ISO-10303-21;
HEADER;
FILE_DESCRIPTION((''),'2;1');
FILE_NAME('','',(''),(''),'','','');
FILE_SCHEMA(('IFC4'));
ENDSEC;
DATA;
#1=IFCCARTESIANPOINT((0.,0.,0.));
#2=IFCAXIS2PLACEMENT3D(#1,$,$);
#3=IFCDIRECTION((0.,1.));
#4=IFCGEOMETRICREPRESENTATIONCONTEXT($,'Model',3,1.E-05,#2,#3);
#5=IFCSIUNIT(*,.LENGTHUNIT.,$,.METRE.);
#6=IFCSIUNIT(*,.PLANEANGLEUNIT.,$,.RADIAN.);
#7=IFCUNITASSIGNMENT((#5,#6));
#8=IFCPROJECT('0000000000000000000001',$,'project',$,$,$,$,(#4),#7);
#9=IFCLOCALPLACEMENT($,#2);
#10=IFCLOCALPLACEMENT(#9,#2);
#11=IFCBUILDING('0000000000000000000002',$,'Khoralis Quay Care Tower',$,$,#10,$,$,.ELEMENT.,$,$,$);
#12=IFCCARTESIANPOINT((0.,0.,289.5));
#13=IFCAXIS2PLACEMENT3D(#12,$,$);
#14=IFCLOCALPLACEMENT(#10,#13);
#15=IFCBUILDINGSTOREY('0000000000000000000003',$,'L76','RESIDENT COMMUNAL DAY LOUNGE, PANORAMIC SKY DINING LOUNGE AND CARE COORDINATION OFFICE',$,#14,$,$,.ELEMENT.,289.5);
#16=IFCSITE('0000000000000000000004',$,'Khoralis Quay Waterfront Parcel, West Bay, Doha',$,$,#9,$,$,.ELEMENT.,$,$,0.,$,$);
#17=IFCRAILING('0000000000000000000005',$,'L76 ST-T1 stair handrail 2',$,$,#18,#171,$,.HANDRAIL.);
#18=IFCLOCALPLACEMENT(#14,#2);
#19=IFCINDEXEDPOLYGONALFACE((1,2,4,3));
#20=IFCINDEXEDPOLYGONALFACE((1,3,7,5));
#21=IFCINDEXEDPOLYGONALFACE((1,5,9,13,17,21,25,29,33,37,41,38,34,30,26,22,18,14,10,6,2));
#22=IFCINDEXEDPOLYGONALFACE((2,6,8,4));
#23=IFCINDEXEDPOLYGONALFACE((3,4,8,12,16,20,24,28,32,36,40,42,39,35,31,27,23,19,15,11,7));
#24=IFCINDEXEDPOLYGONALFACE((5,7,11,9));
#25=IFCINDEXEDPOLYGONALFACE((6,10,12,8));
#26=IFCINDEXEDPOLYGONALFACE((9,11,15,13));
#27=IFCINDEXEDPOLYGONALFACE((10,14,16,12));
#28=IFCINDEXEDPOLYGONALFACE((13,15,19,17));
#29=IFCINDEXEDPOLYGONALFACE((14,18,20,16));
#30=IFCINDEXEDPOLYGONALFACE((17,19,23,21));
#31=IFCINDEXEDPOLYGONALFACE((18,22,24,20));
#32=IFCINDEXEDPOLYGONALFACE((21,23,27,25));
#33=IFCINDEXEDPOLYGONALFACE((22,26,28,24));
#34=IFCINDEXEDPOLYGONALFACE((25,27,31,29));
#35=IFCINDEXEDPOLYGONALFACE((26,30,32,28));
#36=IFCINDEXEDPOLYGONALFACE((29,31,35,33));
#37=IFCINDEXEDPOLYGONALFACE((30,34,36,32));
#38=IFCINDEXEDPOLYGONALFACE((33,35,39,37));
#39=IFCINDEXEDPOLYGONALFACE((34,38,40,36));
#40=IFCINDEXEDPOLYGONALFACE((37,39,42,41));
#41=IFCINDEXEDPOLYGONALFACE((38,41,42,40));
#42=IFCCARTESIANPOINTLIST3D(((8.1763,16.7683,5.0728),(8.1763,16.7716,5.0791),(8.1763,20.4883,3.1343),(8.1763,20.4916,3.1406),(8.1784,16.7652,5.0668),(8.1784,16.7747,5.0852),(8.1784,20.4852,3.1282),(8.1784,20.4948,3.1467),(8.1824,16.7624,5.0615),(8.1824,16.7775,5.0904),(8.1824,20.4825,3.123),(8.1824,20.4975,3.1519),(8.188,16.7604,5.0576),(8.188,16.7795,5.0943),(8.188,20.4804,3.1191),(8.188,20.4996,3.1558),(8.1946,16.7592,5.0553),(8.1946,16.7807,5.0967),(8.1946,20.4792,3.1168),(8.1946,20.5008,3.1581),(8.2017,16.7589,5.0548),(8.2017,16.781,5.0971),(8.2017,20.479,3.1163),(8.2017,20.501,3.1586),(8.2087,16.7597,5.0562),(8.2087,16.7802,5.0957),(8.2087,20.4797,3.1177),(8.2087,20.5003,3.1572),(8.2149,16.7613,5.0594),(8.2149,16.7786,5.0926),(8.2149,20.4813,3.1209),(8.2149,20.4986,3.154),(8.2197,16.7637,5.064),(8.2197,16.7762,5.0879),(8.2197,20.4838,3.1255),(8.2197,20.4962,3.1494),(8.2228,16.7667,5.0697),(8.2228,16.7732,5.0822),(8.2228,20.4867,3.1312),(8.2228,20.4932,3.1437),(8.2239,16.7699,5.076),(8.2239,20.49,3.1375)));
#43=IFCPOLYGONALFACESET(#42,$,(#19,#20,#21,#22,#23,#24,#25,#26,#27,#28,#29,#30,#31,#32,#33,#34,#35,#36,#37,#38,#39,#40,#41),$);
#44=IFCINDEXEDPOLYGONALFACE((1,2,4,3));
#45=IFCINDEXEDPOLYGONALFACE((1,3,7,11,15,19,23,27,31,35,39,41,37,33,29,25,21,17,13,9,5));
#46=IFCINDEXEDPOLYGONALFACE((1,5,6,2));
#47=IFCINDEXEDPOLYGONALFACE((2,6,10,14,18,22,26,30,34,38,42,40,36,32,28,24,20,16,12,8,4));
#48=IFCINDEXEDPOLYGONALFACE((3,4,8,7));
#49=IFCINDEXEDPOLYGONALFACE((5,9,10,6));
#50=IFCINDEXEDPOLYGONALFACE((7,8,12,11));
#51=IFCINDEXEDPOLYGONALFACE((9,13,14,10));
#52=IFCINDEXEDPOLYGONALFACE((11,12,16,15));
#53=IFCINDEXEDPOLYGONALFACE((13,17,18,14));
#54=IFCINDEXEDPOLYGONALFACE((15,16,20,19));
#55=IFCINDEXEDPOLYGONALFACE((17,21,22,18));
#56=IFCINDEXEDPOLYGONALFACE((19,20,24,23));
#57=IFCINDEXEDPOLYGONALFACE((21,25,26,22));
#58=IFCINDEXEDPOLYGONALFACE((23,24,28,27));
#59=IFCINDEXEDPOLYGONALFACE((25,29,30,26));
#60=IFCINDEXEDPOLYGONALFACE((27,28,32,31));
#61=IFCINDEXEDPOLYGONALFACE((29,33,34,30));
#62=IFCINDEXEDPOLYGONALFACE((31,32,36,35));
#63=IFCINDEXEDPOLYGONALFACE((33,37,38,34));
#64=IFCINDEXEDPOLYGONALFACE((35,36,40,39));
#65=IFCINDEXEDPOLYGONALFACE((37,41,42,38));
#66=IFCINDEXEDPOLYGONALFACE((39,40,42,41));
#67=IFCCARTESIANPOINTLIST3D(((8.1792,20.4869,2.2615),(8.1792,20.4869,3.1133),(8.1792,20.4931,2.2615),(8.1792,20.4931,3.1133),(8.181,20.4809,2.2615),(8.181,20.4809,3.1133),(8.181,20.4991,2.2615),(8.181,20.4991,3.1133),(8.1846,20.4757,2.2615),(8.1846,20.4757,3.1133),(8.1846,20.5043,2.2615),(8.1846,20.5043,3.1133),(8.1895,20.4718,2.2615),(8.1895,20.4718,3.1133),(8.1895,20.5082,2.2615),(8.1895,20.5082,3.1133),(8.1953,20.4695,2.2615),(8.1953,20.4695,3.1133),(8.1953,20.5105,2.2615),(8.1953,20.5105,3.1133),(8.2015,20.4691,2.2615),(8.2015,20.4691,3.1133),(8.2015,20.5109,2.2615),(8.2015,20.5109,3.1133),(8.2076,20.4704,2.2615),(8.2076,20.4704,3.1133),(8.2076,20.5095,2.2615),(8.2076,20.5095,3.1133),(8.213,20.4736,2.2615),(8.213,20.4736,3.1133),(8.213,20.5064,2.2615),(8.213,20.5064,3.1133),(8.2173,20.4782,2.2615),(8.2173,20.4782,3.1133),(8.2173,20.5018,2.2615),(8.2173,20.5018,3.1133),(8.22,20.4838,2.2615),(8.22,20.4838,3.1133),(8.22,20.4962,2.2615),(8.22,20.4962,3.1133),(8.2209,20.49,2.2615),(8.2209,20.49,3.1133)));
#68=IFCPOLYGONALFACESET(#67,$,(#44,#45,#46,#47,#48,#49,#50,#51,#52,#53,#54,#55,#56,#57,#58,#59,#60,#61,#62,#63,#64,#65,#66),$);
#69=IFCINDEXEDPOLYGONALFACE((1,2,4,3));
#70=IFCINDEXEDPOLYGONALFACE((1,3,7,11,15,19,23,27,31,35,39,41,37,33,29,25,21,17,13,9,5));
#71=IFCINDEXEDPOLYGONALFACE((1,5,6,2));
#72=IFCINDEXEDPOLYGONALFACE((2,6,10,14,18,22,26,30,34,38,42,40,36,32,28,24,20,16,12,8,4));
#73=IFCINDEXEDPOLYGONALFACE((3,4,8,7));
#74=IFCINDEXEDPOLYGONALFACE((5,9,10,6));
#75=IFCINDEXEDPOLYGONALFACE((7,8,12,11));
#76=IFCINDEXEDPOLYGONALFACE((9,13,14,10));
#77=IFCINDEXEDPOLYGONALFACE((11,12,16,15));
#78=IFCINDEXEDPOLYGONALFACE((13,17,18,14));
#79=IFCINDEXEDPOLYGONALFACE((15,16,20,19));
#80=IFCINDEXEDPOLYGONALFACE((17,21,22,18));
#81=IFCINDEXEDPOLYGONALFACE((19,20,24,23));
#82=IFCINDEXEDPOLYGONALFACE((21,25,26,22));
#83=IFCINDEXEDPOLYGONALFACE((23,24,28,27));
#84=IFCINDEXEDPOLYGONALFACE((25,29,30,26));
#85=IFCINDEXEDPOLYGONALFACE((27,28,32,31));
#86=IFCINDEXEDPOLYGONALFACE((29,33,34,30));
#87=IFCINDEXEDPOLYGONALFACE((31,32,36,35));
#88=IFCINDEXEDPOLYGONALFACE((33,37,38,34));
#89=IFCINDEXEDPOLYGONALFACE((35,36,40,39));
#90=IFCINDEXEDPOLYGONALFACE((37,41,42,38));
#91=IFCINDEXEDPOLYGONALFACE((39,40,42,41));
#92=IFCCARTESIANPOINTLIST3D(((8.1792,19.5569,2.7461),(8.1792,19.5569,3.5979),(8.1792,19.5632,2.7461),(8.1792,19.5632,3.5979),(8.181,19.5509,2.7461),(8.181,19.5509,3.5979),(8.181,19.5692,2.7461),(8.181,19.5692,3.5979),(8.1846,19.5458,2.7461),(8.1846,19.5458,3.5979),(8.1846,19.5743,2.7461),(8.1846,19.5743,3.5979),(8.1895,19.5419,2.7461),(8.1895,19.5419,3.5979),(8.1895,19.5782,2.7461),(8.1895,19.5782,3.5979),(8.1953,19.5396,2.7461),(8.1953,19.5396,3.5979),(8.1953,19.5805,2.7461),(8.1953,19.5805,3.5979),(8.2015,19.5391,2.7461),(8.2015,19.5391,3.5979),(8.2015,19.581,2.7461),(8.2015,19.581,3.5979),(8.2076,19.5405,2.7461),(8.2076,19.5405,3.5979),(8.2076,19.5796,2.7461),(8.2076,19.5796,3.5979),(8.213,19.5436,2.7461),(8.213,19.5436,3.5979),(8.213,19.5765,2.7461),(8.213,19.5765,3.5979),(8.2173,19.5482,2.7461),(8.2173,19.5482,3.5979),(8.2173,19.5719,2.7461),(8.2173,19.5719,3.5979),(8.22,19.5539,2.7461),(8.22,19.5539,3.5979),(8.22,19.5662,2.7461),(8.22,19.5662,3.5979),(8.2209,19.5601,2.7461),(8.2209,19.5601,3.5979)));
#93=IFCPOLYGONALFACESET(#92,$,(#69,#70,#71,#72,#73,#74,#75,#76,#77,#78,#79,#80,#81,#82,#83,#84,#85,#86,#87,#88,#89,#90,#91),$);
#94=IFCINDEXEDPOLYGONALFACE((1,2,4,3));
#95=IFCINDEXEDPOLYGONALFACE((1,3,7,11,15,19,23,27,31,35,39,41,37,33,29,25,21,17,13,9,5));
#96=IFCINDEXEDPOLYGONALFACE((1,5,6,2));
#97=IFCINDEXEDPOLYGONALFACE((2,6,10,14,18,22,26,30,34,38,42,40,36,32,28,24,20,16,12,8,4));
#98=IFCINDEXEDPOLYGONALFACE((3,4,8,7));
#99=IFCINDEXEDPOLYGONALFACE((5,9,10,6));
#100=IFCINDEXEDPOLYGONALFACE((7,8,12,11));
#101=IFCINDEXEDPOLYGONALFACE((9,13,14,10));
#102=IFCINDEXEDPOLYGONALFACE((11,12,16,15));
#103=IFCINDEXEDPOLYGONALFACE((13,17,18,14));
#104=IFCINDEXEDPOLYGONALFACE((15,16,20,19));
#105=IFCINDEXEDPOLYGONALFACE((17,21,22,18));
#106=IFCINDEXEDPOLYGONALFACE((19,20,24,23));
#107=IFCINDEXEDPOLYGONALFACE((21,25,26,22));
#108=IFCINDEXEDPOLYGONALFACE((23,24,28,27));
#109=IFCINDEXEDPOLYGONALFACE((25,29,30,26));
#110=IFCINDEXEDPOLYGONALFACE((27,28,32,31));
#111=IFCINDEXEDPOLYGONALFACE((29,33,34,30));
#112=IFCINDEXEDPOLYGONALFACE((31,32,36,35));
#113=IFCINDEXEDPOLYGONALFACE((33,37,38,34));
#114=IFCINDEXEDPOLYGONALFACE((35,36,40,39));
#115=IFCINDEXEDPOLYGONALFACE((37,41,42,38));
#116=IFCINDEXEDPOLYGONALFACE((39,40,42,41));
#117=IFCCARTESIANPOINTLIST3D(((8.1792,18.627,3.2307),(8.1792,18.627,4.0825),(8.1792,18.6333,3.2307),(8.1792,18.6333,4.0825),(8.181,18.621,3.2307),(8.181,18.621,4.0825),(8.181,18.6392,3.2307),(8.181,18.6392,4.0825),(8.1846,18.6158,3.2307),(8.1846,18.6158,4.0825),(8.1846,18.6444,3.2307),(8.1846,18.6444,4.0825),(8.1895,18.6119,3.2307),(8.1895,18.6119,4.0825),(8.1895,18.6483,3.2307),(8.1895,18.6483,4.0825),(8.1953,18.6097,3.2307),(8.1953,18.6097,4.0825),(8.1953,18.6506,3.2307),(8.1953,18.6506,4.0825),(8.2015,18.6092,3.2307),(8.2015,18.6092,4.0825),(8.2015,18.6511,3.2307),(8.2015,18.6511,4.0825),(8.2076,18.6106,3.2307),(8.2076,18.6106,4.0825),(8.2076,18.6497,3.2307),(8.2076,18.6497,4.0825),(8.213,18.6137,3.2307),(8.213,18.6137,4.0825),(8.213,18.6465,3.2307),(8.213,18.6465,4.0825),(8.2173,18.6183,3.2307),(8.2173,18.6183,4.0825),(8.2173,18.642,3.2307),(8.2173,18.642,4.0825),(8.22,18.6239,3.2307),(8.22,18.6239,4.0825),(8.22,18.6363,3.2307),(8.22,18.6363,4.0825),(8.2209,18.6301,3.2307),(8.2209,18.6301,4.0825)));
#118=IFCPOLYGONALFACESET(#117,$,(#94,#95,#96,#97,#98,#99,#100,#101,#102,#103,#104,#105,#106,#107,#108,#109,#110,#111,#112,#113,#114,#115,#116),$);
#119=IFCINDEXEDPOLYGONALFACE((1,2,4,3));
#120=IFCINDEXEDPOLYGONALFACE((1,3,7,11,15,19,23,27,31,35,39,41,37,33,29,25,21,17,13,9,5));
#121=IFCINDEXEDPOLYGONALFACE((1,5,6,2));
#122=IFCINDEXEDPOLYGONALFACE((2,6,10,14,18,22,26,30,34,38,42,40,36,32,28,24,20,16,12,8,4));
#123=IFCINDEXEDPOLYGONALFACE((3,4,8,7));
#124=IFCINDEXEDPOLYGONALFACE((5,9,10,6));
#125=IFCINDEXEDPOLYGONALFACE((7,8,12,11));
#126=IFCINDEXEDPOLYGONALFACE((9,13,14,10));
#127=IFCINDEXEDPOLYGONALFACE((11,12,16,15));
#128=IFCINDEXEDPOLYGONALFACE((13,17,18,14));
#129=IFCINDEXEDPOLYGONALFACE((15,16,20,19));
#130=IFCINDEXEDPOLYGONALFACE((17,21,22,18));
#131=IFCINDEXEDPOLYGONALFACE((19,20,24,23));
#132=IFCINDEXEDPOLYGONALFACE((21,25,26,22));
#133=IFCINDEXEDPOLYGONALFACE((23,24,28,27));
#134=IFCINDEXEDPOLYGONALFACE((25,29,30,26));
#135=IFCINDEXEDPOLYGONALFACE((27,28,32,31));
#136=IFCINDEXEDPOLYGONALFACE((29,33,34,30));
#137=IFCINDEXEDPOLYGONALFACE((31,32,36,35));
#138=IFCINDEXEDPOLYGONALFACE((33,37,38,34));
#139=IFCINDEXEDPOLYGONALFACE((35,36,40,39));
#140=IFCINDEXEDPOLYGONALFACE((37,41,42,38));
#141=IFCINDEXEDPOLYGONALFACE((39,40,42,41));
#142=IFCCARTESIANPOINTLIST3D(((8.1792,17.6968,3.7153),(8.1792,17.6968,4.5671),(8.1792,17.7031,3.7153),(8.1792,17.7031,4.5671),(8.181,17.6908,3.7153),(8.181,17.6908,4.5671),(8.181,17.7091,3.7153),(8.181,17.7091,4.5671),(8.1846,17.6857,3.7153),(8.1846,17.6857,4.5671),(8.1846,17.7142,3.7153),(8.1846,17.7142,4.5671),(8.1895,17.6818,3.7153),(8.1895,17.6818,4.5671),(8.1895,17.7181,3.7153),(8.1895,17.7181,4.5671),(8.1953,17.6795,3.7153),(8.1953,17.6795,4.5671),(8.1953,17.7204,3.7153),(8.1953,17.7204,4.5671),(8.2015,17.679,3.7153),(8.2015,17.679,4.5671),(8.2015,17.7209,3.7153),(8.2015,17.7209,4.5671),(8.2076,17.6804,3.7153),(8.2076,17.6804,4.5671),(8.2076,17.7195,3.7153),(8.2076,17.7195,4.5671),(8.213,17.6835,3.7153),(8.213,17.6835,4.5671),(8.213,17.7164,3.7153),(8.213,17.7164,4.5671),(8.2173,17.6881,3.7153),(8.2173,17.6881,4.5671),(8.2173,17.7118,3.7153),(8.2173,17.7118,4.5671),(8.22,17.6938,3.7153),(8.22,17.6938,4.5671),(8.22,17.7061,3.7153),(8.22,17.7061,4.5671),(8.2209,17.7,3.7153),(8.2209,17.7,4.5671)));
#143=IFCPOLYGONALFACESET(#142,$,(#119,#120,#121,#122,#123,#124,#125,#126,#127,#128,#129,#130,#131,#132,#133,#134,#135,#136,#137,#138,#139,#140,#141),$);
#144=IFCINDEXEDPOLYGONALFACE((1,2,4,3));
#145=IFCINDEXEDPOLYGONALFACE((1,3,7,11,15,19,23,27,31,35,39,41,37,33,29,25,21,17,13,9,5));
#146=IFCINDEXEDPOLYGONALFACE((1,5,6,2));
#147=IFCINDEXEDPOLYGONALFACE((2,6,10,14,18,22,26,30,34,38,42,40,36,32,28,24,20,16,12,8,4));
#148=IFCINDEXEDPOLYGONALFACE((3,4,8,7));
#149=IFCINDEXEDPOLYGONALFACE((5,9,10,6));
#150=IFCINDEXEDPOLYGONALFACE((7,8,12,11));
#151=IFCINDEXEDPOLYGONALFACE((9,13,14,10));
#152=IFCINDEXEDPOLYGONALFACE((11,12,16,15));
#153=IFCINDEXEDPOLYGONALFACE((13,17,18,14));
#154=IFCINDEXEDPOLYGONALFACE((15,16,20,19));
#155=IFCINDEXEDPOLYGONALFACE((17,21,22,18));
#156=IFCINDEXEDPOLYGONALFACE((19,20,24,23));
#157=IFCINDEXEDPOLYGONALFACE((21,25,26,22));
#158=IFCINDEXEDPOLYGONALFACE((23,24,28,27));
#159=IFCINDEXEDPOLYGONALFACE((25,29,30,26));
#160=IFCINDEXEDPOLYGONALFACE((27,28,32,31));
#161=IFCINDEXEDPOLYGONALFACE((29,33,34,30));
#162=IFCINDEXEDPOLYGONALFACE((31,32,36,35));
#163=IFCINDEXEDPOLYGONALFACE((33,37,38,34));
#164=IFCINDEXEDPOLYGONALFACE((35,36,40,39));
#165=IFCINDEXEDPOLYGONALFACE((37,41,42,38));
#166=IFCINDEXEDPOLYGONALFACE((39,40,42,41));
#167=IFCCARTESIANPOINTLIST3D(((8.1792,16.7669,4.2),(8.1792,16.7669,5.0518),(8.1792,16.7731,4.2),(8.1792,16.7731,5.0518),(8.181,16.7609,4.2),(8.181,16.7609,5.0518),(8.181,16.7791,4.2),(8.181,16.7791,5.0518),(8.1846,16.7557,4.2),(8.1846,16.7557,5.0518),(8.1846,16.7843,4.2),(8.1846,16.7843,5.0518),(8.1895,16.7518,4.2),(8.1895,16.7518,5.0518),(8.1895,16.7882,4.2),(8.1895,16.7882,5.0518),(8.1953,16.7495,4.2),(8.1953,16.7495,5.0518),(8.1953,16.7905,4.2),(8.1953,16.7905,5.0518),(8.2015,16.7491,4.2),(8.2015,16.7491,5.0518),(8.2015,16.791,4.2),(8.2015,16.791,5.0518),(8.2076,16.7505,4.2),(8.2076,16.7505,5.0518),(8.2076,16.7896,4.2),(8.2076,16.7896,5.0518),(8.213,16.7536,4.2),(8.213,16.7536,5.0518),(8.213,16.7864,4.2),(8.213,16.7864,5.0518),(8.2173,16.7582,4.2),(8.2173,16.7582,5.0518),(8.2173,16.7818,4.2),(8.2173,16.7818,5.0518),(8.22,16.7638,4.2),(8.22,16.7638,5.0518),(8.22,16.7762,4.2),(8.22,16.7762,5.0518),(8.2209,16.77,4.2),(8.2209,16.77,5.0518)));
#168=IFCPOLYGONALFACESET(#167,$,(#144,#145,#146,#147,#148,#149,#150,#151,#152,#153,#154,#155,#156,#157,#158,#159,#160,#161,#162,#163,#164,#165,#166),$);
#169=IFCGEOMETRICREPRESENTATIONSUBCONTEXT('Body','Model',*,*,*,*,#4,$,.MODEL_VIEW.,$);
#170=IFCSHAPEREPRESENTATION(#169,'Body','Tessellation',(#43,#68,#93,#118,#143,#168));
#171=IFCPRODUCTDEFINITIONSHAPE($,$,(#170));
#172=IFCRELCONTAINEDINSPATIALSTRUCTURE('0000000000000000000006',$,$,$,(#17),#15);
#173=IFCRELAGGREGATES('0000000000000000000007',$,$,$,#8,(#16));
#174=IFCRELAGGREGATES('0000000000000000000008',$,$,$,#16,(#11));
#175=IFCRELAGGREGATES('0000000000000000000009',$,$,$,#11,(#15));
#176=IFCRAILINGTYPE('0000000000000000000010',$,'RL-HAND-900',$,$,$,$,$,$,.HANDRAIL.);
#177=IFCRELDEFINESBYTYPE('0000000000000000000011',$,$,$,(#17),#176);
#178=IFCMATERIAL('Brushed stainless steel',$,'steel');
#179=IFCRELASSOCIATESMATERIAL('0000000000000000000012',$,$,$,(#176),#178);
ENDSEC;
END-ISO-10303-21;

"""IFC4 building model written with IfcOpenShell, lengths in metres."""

from ifc_helpers import new_model, si_unit, direction, frame, origin, origin_2d, place, context, subcontext, project, spatial, circle, extrude, material, type_object, element, save


model = new_model("IFC4")

# Units and contexts
model_context = context("Model", 3, precision=1e-05, world=origin(), true_north=direction((0.0, 1.0)))
body_context = subcontext(model_context, "Body", "Model", "MODEL_VIEW")
ifc_project = project(units=[si_unit("LENGTHUNIT", "METRE"), si_unit("PLANEANGLEUNIT", "RADIAN")], contexts=[model_context])

# Site, building, storey
site_placement = place(None, origin())
site = spatial("IfcSite", under=ifc_project, at=site_placement, Name="Khoralis Quay Waterfront Parcel, West Bay, Doha", CompositionType="ELEMENT", RefElevation=0.0)
building_placement = place(site_placement, origin())
building = spatial("IfcBuilding", under=site, at=building_placement, Name="Khoralis Quay Care Tower", CompositionType="ELEMENT")
storey_placement = place(building_placement, frame((0.0, 0.0, 289.5)))
storey = spatial("IfcBuildingStorey", under=building, at=storey_placement, Name="L76", Description="RESIDENT COMMUNAL DAY LOUNGE, PANORAMIC SKY DINING LOUNGE AND CARE COORDINATION OFFICE", CompositionType="ELEMENT", Elevation=289.5)

# Shared definitions
ifc_material_1 = material(Name="Brushed stainless steel", Category="steel")

# Railing
railing_type_1 = type_object("IfcRailingType", Name="RL-HAND-900", PredefinedType="HANDRAIL", material=ifc_material_1)
railing_1_placement = place(storey_placement, frame((8.2, 20.49, 2.2615)))
element("IfcRailing", 1, at=railing_1_placement, inside=storey, type_object=railing_type_1, Name="L76 ST-T1 stair handrail 2", PredefinedType="HANDRAIL", context=body_context, shape_type="SweptSolid", body=[
    extrude(circle(Radius=0.0239, at=origin_2d()), frame((0.0, 0.0, 0.876), z_axis=(0.0, -0.886817, 0.46212), x_axis=(1.0, 0.0, 0.0)), (0.0, 0.0, 1.0), 4.1948),
    extrude(circle(Radius=0.021, at=origin_2d()), origin(), (0.0, 0.0, 1.0), 0.8518),
    extrude(circle(Radius=0.021, at=origin_2d()), frame((0.0, -0.9299, 0.4846)), (0.0, 0.0, 1.0), 0.8518),
    extrude(circle(Radius=0.021, at=origin_2d()), frame((0.0, -1.8599, 0.9692)), (0.0, 0.0, 1.0), 0.8518),
    extrude(circle(Radius=0.021, at=origin_2d()), frame((0.0, -2.79, 1.4539)), (0.0, 0.0, 1.0), 0.8518),
    extrude(circle(Radius=0.021, at=origin_2d()), frame((0.0, -3.72, 1.9385)), (0.0, 0.0, 1.0), 0.8518),
])

save(model, "model.ifc")
